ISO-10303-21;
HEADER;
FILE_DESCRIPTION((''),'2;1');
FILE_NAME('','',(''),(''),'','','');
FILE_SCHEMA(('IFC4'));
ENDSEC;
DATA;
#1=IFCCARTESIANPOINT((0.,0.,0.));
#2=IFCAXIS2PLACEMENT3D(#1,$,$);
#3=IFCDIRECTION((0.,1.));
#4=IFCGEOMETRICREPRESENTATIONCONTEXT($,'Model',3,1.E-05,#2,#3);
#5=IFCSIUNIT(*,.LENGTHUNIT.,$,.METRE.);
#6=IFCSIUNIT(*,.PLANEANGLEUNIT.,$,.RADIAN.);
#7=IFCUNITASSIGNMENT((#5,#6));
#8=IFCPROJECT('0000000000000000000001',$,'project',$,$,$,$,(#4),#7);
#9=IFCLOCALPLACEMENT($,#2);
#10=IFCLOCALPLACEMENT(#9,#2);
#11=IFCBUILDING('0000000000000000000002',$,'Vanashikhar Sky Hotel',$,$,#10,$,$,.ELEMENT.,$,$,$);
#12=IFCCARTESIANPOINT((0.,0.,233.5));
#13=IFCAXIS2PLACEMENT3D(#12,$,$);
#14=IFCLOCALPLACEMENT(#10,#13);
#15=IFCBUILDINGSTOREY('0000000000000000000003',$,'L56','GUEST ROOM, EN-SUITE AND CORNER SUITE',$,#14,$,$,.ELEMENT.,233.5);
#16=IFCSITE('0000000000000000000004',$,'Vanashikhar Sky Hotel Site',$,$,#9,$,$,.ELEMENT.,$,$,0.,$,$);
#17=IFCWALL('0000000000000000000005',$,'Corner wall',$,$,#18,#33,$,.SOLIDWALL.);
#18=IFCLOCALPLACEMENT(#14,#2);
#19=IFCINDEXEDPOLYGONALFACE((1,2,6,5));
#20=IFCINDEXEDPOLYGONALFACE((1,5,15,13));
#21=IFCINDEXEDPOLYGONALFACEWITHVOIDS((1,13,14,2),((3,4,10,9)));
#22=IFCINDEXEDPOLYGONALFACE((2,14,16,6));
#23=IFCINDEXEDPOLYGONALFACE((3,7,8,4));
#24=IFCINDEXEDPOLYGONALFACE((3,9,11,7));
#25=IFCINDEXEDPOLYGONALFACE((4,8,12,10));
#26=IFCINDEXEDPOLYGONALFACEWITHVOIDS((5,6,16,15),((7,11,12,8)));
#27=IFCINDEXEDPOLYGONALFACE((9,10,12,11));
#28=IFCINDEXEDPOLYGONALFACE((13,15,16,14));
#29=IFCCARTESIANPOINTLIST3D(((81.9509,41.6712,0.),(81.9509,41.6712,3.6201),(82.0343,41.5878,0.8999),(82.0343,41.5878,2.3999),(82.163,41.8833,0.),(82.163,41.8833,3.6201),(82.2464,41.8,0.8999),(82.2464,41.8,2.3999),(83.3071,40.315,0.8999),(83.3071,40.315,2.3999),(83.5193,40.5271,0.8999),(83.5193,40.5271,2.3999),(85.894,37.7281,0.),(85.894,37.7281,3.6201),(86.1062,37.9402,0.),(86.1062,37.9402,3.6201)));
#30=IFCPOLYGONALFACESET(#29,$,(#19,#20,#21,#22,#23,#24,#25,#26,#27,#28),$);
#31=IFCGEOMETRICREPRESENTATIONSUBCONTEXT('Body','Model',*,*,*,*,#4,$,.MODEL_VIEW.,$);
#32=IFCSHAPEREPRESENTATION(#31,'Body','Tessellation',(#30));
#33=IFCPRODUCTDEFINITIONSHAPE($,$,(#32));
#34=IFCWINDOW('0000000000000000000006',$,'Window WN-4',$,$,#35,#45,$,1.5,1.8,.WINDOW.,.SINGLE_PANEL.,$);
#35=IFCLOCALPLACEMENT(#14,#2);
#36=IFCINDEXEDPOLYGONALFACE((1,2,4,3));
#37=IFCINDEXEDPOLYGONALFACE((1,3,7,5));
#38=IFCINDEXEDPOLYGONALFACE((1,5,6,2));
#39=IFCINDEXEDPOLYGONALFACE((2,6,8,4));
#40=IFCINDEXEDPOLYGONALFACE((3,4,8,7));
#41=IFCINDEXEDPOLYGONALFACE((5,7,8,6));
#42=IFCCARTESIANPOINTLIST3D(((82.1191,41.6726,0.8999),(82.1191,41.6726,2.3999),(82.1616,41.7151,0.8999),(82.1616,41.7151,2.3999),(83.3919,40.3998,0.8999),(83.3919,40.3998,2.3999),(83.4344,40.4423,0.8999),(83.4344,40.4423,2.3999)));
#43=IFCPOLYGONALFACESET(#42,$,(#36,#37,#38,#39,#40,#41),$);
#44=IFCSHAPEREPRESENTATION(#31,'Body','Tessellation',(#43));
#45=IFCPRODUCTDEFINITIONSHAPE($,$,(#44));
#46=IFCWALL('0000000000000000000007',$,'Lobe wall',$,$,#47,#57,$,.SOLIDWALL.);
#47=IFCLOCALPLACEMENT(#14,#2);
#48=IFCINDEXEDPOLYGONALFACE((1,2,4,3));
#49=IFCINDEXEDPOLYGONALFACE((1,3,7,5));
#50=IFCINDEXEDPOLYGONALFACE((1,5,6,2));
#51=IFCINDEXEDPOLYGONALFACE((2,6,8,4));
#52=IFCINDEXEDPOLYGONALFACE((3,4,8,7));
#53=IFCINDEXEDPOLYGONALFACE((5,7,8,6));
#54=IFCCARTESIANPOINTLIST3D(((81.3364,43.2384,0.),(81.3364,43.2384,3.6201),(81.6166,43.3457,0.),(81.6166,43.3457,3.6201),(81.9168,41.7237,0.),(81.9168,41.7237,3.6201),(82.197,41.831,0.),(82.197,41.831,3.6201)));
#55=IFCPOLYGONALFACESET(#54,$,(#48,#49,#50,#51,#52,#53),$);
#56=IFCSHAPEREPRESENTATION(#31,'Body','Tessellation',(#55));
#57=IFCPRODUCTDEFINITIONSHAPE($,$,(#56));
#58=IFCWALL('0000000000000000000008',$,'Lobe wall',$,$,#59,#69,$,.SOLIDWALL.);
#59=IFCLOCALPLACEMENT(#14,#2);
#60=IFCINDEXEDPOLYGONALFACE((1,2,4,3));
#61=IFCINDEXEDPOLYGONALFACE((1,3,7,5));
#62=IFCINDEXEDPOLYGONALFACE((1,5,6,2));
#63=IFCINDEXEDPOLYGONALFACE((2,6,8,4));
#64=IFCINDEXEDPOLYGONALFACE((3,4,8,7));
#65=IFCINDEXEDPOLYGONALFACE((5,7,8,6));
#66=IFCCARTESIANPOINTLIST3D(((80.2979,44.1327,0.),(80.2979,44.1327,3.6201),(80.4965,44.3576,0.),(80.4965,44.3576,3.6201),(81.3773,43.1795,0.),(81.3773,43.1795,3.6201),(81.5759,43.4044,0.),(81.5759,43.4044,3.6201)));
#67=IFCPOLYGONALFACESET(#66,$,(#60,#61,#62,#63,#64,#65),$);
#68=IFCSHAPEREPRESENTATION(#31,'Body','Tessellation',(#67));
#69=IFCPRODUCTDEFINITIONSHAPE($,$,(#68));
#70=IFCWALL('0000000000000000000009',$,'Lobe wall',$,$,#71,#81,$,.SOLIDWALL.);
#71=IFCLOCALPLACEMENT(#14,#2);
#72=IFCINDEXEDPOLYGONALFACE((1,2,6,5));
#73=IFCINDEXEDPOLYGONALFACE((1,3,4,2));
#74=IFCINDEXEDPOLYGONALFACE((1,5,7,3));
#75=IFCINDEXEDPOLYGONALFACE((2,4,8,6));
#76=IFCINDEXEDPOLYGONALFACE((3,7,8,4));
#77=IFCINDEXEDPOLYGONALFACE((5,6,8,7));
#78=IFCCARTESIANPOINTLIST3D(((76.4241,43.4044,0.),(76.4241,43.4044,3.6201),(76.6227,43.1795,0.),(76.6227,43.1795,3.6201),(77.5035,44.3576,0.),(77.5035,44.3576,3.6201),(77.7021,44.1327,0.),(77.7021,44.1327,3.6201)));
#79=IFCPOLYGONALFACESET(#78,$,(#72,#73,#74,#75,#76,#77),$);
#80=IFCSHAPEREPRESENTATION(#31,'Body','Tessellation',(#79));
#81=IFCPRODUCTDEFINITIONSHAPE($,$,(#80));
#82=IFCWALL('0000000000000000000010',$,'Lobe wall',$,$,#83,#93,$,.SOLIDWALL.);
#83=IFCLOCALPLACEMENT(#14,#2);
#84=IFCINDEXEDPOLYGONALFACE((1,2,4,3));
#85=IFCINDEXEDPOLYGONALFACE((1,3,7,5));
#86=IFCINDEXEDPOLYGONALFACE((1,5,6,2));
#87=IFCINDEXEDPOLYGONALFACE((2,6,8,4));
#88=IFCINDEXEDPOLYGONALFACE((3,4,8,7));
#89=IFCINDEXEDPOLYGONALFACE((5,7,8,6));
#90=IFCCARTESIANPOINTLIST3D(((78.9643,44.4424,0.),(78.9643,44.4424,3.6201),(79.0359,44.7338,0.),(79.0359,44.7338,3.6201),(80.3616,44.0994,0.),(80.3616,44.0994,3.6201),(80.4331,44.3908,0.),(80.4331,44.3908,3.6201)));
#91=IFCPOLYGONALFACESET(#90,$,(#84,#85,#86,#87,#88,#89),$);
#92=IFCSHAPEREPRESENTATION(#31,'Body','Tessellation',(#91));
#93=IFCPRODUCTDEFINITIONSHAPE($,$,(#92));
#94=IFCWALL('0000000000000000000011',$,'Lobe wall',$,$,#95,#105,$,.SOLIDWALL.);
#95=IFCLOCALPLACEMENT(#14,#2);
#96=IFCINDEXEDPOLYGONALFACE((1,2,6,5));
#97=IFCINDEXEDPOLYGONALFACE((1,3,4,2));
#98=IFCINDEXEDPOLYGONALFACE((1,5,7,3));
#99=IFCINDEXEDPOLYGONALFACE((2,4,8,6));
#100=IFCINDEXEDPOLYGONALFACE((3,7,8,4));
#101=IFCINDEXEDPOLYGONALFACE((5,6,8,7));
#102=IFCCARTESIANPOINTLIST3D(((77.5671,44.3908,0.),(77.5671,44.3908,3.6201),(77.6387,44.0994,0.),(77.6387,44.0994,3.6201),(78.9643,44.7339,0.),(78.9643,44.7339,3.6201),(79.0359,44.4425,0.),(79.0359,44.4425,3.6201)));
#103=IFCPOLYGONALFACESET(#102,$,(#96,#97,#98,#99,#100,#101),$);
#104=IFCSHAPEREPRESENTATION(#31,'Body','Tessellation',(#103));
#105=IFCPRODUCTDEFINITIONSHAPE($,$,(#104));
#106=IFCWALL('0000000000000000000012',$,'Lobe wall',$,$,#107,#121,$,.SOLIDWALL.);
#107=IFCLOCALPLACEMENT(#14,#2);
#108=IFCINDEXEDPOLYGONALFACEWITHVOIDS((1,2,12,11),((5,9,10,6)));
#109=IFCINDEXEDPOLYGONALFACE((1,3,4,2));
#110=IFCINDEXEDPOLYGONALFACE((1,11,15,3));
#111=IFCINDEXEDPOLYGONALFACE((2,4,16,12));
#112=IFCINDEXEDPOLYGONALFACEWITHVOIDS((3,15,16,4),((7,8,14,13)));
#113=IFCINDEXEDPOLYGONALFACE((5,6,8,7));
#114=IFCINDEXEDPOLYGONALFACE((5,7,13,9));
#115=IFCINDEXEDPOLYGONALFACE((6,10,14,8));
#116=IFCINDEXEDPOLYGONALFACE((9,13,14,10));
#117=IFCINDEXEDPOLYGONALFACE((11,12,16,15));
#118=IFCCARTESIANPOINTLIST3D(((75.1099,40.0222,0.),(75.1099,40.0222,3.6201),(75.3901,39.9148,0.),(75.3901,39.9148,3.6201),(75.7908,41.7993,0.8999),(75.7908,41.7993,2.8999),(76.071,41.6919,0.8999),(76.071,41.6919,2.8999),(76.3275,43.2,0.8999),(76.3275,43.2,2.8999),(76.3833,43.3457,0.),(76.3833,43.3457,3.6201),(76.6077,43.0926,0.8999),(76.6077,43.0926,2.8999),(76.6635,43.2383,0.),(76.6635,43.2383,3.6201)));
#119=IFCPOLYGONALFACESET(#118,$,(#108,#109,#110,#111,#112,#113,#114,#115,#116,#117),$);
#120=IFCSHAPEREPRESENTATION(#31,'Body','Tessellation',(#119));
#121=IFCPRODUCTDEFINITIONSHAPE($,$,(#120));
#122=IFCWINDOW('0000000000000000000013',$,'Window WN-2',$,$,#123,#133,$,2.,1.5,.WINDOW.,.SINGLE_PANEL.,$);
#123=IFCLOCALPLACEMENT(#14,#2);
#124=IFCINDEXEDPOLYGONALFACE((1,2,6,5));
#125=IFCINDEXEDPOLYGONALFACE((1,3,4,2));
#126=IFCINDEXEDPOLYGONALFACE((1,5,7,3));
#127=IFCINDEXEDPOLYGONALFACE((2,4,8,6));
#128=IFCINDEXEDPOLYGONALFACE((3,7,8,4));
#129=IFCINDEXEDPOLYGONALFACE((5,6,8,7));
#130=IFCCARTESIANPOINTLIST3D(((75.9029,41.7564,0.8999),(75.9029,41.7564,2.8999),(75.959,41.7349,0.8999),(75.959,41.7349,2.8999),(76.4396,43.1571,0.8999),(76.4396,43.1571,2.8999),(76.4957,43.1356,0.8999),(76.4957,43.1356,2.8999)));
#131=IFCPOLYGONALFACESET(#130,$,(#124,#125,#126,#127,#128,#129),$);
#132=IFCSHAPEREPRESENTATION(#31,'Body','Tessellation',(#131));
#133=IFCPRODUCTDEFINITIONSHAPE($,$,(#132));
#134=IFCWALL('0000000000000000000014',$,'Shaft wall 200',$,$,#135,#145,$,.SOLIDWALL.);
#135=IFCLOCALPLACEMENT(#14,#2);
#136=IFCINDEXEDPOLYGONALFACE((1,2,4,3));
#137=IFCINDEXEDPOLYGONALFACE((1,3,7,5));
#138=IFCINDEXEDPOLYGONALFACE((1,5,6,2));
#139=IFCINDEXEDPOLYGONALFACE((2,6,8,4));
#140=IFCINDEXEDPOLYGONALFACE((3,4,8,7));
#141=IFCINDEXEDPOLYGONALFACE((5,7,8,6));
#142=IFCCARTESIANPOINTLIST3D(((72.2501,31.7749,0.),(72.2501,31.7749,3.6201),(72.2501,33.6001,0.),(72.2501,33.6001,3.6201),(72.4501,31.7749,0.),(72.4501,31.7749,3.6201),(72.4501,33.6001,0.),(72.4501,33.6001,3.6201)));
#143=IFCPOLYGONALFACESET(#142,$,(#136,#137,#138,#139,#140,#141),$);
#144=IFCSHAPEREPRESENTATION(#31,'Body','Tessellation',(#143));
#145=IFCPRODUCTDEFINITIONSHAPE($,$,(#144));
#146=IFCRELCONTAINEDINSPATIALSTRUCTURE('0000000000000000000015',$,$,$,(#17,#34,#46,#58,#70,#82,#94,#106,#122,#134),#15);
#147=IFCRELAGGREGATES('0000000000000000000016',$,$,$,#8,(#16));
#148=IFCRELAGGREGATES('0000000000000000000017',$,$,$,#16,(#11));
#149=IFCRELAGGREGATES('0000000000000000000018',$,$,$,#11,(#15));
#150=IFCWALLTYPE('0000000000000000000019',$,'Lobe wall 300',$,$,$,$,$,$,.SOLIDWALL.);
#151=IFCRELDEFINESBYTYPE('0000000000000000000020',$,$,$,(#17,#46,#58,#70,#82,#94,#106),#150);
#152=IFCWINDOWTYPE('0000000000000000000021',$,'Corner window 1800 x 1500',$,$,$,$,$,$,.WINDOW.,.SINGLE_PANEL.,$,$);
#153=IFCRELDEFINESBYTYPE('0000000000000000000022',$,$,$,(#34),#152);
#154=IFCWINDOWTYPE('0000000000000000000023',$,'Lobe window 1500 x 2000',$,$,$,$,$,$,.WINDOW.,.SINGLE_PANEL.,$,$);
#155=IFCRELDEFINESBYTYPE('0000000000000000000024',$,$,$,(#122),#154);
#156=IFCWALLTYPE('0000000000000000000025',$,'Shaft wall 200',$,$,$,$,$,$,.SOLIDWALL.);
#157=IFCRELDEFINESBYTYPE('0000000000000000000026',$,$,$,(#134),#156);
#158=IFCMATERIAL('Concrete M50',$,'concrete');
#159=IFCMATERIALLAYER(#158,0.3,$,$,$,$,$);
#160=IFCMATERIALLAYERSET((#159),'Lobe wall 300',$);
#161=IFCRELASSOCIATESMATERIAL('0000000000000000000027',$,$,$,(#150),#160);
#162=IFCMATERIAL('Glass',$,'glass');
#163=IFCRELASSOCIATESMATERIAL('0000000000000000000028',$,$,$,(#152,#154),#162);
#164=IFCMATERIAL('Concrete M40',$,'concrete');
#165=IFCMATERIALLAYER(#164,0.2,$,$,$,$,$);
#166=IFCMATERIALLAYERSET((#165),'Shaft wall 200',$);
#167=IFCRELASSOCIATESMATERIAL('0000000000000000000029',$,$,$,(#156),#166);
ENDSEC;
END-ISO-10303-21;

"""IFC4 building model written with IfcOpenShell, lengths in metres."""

from ifc_helpers import new_model, si_unit, direction, frame, frame_2d, origin, place, context, subcontext, project, spatial, rectangle, extrude, source, transform, mapped, material, layer, layer_set, type_object, element, fill, save


model = new_model("IFC4")

# Units and contexts
model_context = context("Model", 3, precision=1e-05, world=origin(), true_north=direction((0.0, 1.0)))
body_context = subcontext(model_context, "Body", "Model", "MODEL_VIEW")
ifc_project = project(units=[si_unit("LENGTHUNIT", "METRE"), si_unit("PLANEANGLEUNIT", "RADIAN")], contexts=[model_context])

# Site, building, storey
site_placement = place(None, origin())
site = spatial("IfcSite", under=ifc_project, at=site_placement, Name="Vanashikhar Sky Hotel Site", CompositionType="ELEMENT", RefElevation=0.0)
building_placement = place(site_placement, origin())
building = spatial("IfcBuilding", under=site, at=building_placement, Name="Vanashikhar Sky Hotel", CompositionType="ELEMENT")
storey_placement = place(building_placement, frame((0.0, 0.0, 233.5)))
storey = spatial("IfcBuildingStorey", under=building, at=storey_placement, Name="L56", Description="GUEST ROOM, EN-SUITE AND CORNER SUITE", CompositionType="ELEMENT", Elevation=233.5)

# Wall, opening, window
ifc_material_1 = material(Name="Concrete M50", Category="concrete")
ifc_layer_1 = layer(ifc_material_1, 0.3)
ifc_layer_set_1 = layer_set([ifc_layer_1], Name="Lobe wall 300")
wall_type_1 = type_object("IfcWallType", Name="Lobe wall 300", PredefinedType="SOLIDWALL", material=ifc_layer_set_1)
shared_shape_1 = source(origin(), body_context, "Body", "SweptSolid", [
    extrude(rectangle(XDim=5.5764, YDim=0.3, at=frame_2d((2.7881, 0.0))), origin(), (0.0, 0.0, 1.0), 3.6201),
])
wall_1_placement = place(storey_placement, frame((86.0, 37.8342, 0.0), z_axis=(0.0, 0.0, 1.0), x_axis=(-0.707107, 0.707107, 0.0)))
wall_1 = element("IfcWall", 1, at=wall_1_placement, inside=storey, type_object=wall_type_1, Name="Corner wall", PredefinedType="SOLIDWALL", context=body_context, shape_type="MappedRepresentation", body=[
    mapped(shared_shape_1, transform((0.0, 0.0, 0.0), scale=1.0)),
])
shared_shape_2 = source(origin(), body_context, "Body", "SweptSolid", [
    extrude(rectangle(XDim=1.8, YDim=1.5, at=frame_2d((0.8999, 0.75))), frame((0.0, 0.1602, 0.0), z_axis=(0.0, -1.0, 0.0), x_axis=(1.0, 0.0, 0.0)), (0.0, 0.0, 1.0), 0.3201),
])
opening_1_placement = place(wall_1_placement, frame((3.6584, 0.0, 0.8999)))
opening_1 = element("IfcOpeningElement", 2, at=opening_1_placement, cuts=wall_1, PredefinedType="OPENING", context=body_context, shape_type="MappedRepresentation", body=[
    mapped(shared_shape_2, transform((0.0, 0.0, 0.0), scale=1.0)),
])
ifc_material_2 = material(Name="Glass", Category="glass")
window_type_1 = type_object("IfcWindowType", Name="Corner window 1800 x 1500", PartitioningType="SINGLE_PANEL", PredefinedType="WINDOW", material=ifc_material_2)
shared_shape_3 = source(origin(), body_context, "Body", "SweptSolid", [
    extrude(rectangle(XDim=1.8, YDim=1.5, at=frame_2d((0.8999, 0.75))), frame((0.0, 0.03, 0.0), z_axis=(0.0, -1.0, 0.0), x_axis=(1.0, 0.0, 0.0)), (0.0, 0.0, 1.0), 0.0601),
])
window_1_placement = place(opening_1_placement, origin())
window_1 = element("IfcWindow", 3, at=window_1_placement, inside=storey, type_object=window_type_1, Name="Window WN-4", OverallHeight=1.5, OverallWidth=1.8, PartitioningType="SINGLE_PANEL", PredefinedType="WINDOW", context=body_context, shape_type="MappedRepresentation", body=[
    mapped(shared_shape_3, transform((0.0, 0.0, 0.0), scale=1.0)),
])
fill(opening_1, window_1)

# Walls
shared_shape_4 = source(origin(), body_context, "Body", "SweptSolid", [
    extrude(rectangle(XDim=1.6221, YDim=0.3, at=frame_2d((0.811, 0.0))), origin(), (0.0, 0.0, 1.0), 3.6201),
])
wall_2_placement = place(storey_placement, frame((82.0569, 41.7773, 0.0), z_axis=(0.0, 0.0, 1.0), x_axis=(-0.357779, 0.933806, 0.0)))
element("IfcWall", 4, at=wall_2_placement, inside=storey, type_object=wall_type_1, Name="Lobe wall", PredefinedType="SOLIDWALL", context=body_context, shape_type="MappedRepresentation", body=[
    mapped(shared_shape_4, transform((0.0, 0.0, 0.0), scale=1.0)),
])
shared_shape_5 = source(origin(), body_context, "Body", "SweptSolid", [
    extrude(rectangle(XDim=1.4399, YDim=0.3, at=frame_2d((0.72, 0.0))), origin(), (0.0, 0.0, 1.0), 3.6201),
])
for number, where, z_axis, x_axis, name in (
    (5, (81.4766, 43.292, 0.0), (0.0, 0.0, 1.0), (-0.749576, 0.661919, 0.0), "Lobe wall"),
    (6, (77.6028, 44.2451, 0.0), (0.0, 0.0, 1.0), (-0.749576, -0.661919, 0.0), "Lobe wall"),
):
    element("IfcWall", number, at=place(storey_placement, frame(where, z_axis=z_axis, x_axis=x_axis)), inside=storey, type_object=wall_type_1, Name=name, PredefinedType="SOLIDWALL", context=body_context, shape_type="MappedRepresentation", body=[
        mapped(shared_shape_5, transform((0.0, 0.0, 0.0), scale=1.0)),
    ])
shared_shape_6 = source(origin(), body_context, "Body", "SweptSolid", [
    extrude(rectangle(XDim=1.4387, YDim=0.3, at=frame_2d((0.7192, 0.0))), origin(), (0.0, 0.0, 1.0), 3.6201),
])
for number, where, z_axis, x_axis, name in (
    (7, (80.3972, 44.2451, 0.0), (0.0, 0.0, 1.0), (-0.971162, 0.238421, 0.0), "Lobe wall"),
    (8, (79.0, 44.5881, 0.0), (0.0, 0.0, 1.0), (-0.971162, -0.238421, 0.0), "Lobe wall"),
):
    element("IfcWall", number, at=place(storey_placement, frame(where, z_axis=z_axis, x_axis=x_axis)), inside=storey, type_object=wall_type_1, Name=name, PredefinedType="SOLIDWALL", context=body_context, shape_type="MappedRepresentation", body=[
        mapped(shared_shape_6, transform((0.0, 0.0, 0.0), scale=1.0)),
    ])

# Wall, opening, window
shared_shape_7 = source(origin(), body_context, "Body", "SweptSolid", [
    extrude(rectangle(XDim=3.5591, YDim=0.3, at=frame_2d((1.7795, 0.0))), origin(), (0.0, 0.0, 1.0), 3.6201),
])
wall_3_placement = place(storey_placement, frame((76.5234, 43.292, 0.0), z_axis=(0.0, 0.0, 1.0), x_axis=(-0.357797, -0.933799, 0.0)))
wall_3 = element("IfcWall", 9, at=wall_3_placement, inside=storey, type_object=wall_type_1, Name="Lobe wall", PredefinedType="SOLIDWALL", context=body_context, shape_type="MappedRepresentation", body=[
    mapped(shared_shape_7, transform((0.0, 0.0, 0.0), scale=1.0)),
])
shared_shape_8 = source(origin(), body_context, "Body", "SweptSolid", [
    extrude(rectangle(XDim=1.5, YDim=2.0, at=frame_2d((0.75, 1.0))), frame((0.0, 0.1602, 0.0), z_axis=(0.0, -1.0, 0.0), x_axis=(1.0, 0.0, 0.0)), (0.0, 0.0, 1.0), 0.3201),
])
opening_2_placement = place(wall_3_placement, frame((0.156, 0.0, 0.8999)))
opening_2 = element("IfcOpeningElement", 10, at=opening_2_placement, cuts=wall_3, PredefinedType="OPENING", context=body_context, shape_type="MappedRepresentation", body=[
    mapped(shared_shape_8, transform((0.0, 0.0, 0.0), scale=1.0)),
])
window_type_2 = type_object("IfcWindowType", Name="Lobe window 1500 x 2000", PartitioningType="SINGLE_PANEL", PredefinedType="WINDOW", material=ifc_material_2)
shared_shape_9 = source(origin(), body_context, "Body", "SweptSolid", [
    extrude(rectangle(XDim=1.5, YDim=2.0, at=frame_2d((0.75, 1.0))), frame((0.0, 0.03, 0.0), z_axis=(0.0, -1.0, 0.0), x_axis=(1.0, 0.0, 0.0)), (0.0, 0.0, 1.0), 0.0601),
])
window_2_placement = place(opening_2_placement, origin())
window_2 = element("IfcWindow", 11, at=window_2_placement, inside=storey, type_object=window_type_2, Name="Window WN-2", OverallHeight=2.0, OverallWidth=1.5, PartitioningType="SINGLE_PANEL", PredefinedType="WINDOW", context=body_context, shape_type="MappedRepresentation", body=[
    mapped(shared_shape_9, transform((0.0, 0.0, 0.0), scale=1.0)),
])
fill(opening_2, window_2)

# Wall
ifc_material_3 = material(Name="Concrete M40", Category="concrete")
ifc_layer_2 = layer(ifc_material_3, 0.2)
ifc_layer_set_2 = layer_set([ifc_layer_2], Name="Shaft wall 200")
wall_type_2 = type_object("IfcWallType", Name="Shaft wall 200", PredefinedType="SOLIDWALL", material=ifc_layer_set_2)
shared_shape_10 = source(origin(), body_context, "Body", "SweptSolid", [
    extrude(rectangle(XDim=1.8252, YDim=0.2, at=frame_2d((0.9126, 0.0))), origin(), (0.0, 0.0, 1.0), 3.6201),
])
wall_4_placement = place(storey_placement, frame((72.3501, 31.7749, 0.0), z_axis=(0.0, 0.0, 1.0), x_axis=(0.0, 1.0, 0.0)))
element("IfcWall", 12, at=wall_4_placement, inside=storey, type_object=wall_type_2, Name="Shaft wall 200", PredefinedType="SOLIDWALL", context=body_context, shape_type="MappedRepresentation", body=[
    mapped(shared_shape_10, transform((0.0, 0.0, 0.0), scale=1.0)),
])

save(model, "model.ifc")
